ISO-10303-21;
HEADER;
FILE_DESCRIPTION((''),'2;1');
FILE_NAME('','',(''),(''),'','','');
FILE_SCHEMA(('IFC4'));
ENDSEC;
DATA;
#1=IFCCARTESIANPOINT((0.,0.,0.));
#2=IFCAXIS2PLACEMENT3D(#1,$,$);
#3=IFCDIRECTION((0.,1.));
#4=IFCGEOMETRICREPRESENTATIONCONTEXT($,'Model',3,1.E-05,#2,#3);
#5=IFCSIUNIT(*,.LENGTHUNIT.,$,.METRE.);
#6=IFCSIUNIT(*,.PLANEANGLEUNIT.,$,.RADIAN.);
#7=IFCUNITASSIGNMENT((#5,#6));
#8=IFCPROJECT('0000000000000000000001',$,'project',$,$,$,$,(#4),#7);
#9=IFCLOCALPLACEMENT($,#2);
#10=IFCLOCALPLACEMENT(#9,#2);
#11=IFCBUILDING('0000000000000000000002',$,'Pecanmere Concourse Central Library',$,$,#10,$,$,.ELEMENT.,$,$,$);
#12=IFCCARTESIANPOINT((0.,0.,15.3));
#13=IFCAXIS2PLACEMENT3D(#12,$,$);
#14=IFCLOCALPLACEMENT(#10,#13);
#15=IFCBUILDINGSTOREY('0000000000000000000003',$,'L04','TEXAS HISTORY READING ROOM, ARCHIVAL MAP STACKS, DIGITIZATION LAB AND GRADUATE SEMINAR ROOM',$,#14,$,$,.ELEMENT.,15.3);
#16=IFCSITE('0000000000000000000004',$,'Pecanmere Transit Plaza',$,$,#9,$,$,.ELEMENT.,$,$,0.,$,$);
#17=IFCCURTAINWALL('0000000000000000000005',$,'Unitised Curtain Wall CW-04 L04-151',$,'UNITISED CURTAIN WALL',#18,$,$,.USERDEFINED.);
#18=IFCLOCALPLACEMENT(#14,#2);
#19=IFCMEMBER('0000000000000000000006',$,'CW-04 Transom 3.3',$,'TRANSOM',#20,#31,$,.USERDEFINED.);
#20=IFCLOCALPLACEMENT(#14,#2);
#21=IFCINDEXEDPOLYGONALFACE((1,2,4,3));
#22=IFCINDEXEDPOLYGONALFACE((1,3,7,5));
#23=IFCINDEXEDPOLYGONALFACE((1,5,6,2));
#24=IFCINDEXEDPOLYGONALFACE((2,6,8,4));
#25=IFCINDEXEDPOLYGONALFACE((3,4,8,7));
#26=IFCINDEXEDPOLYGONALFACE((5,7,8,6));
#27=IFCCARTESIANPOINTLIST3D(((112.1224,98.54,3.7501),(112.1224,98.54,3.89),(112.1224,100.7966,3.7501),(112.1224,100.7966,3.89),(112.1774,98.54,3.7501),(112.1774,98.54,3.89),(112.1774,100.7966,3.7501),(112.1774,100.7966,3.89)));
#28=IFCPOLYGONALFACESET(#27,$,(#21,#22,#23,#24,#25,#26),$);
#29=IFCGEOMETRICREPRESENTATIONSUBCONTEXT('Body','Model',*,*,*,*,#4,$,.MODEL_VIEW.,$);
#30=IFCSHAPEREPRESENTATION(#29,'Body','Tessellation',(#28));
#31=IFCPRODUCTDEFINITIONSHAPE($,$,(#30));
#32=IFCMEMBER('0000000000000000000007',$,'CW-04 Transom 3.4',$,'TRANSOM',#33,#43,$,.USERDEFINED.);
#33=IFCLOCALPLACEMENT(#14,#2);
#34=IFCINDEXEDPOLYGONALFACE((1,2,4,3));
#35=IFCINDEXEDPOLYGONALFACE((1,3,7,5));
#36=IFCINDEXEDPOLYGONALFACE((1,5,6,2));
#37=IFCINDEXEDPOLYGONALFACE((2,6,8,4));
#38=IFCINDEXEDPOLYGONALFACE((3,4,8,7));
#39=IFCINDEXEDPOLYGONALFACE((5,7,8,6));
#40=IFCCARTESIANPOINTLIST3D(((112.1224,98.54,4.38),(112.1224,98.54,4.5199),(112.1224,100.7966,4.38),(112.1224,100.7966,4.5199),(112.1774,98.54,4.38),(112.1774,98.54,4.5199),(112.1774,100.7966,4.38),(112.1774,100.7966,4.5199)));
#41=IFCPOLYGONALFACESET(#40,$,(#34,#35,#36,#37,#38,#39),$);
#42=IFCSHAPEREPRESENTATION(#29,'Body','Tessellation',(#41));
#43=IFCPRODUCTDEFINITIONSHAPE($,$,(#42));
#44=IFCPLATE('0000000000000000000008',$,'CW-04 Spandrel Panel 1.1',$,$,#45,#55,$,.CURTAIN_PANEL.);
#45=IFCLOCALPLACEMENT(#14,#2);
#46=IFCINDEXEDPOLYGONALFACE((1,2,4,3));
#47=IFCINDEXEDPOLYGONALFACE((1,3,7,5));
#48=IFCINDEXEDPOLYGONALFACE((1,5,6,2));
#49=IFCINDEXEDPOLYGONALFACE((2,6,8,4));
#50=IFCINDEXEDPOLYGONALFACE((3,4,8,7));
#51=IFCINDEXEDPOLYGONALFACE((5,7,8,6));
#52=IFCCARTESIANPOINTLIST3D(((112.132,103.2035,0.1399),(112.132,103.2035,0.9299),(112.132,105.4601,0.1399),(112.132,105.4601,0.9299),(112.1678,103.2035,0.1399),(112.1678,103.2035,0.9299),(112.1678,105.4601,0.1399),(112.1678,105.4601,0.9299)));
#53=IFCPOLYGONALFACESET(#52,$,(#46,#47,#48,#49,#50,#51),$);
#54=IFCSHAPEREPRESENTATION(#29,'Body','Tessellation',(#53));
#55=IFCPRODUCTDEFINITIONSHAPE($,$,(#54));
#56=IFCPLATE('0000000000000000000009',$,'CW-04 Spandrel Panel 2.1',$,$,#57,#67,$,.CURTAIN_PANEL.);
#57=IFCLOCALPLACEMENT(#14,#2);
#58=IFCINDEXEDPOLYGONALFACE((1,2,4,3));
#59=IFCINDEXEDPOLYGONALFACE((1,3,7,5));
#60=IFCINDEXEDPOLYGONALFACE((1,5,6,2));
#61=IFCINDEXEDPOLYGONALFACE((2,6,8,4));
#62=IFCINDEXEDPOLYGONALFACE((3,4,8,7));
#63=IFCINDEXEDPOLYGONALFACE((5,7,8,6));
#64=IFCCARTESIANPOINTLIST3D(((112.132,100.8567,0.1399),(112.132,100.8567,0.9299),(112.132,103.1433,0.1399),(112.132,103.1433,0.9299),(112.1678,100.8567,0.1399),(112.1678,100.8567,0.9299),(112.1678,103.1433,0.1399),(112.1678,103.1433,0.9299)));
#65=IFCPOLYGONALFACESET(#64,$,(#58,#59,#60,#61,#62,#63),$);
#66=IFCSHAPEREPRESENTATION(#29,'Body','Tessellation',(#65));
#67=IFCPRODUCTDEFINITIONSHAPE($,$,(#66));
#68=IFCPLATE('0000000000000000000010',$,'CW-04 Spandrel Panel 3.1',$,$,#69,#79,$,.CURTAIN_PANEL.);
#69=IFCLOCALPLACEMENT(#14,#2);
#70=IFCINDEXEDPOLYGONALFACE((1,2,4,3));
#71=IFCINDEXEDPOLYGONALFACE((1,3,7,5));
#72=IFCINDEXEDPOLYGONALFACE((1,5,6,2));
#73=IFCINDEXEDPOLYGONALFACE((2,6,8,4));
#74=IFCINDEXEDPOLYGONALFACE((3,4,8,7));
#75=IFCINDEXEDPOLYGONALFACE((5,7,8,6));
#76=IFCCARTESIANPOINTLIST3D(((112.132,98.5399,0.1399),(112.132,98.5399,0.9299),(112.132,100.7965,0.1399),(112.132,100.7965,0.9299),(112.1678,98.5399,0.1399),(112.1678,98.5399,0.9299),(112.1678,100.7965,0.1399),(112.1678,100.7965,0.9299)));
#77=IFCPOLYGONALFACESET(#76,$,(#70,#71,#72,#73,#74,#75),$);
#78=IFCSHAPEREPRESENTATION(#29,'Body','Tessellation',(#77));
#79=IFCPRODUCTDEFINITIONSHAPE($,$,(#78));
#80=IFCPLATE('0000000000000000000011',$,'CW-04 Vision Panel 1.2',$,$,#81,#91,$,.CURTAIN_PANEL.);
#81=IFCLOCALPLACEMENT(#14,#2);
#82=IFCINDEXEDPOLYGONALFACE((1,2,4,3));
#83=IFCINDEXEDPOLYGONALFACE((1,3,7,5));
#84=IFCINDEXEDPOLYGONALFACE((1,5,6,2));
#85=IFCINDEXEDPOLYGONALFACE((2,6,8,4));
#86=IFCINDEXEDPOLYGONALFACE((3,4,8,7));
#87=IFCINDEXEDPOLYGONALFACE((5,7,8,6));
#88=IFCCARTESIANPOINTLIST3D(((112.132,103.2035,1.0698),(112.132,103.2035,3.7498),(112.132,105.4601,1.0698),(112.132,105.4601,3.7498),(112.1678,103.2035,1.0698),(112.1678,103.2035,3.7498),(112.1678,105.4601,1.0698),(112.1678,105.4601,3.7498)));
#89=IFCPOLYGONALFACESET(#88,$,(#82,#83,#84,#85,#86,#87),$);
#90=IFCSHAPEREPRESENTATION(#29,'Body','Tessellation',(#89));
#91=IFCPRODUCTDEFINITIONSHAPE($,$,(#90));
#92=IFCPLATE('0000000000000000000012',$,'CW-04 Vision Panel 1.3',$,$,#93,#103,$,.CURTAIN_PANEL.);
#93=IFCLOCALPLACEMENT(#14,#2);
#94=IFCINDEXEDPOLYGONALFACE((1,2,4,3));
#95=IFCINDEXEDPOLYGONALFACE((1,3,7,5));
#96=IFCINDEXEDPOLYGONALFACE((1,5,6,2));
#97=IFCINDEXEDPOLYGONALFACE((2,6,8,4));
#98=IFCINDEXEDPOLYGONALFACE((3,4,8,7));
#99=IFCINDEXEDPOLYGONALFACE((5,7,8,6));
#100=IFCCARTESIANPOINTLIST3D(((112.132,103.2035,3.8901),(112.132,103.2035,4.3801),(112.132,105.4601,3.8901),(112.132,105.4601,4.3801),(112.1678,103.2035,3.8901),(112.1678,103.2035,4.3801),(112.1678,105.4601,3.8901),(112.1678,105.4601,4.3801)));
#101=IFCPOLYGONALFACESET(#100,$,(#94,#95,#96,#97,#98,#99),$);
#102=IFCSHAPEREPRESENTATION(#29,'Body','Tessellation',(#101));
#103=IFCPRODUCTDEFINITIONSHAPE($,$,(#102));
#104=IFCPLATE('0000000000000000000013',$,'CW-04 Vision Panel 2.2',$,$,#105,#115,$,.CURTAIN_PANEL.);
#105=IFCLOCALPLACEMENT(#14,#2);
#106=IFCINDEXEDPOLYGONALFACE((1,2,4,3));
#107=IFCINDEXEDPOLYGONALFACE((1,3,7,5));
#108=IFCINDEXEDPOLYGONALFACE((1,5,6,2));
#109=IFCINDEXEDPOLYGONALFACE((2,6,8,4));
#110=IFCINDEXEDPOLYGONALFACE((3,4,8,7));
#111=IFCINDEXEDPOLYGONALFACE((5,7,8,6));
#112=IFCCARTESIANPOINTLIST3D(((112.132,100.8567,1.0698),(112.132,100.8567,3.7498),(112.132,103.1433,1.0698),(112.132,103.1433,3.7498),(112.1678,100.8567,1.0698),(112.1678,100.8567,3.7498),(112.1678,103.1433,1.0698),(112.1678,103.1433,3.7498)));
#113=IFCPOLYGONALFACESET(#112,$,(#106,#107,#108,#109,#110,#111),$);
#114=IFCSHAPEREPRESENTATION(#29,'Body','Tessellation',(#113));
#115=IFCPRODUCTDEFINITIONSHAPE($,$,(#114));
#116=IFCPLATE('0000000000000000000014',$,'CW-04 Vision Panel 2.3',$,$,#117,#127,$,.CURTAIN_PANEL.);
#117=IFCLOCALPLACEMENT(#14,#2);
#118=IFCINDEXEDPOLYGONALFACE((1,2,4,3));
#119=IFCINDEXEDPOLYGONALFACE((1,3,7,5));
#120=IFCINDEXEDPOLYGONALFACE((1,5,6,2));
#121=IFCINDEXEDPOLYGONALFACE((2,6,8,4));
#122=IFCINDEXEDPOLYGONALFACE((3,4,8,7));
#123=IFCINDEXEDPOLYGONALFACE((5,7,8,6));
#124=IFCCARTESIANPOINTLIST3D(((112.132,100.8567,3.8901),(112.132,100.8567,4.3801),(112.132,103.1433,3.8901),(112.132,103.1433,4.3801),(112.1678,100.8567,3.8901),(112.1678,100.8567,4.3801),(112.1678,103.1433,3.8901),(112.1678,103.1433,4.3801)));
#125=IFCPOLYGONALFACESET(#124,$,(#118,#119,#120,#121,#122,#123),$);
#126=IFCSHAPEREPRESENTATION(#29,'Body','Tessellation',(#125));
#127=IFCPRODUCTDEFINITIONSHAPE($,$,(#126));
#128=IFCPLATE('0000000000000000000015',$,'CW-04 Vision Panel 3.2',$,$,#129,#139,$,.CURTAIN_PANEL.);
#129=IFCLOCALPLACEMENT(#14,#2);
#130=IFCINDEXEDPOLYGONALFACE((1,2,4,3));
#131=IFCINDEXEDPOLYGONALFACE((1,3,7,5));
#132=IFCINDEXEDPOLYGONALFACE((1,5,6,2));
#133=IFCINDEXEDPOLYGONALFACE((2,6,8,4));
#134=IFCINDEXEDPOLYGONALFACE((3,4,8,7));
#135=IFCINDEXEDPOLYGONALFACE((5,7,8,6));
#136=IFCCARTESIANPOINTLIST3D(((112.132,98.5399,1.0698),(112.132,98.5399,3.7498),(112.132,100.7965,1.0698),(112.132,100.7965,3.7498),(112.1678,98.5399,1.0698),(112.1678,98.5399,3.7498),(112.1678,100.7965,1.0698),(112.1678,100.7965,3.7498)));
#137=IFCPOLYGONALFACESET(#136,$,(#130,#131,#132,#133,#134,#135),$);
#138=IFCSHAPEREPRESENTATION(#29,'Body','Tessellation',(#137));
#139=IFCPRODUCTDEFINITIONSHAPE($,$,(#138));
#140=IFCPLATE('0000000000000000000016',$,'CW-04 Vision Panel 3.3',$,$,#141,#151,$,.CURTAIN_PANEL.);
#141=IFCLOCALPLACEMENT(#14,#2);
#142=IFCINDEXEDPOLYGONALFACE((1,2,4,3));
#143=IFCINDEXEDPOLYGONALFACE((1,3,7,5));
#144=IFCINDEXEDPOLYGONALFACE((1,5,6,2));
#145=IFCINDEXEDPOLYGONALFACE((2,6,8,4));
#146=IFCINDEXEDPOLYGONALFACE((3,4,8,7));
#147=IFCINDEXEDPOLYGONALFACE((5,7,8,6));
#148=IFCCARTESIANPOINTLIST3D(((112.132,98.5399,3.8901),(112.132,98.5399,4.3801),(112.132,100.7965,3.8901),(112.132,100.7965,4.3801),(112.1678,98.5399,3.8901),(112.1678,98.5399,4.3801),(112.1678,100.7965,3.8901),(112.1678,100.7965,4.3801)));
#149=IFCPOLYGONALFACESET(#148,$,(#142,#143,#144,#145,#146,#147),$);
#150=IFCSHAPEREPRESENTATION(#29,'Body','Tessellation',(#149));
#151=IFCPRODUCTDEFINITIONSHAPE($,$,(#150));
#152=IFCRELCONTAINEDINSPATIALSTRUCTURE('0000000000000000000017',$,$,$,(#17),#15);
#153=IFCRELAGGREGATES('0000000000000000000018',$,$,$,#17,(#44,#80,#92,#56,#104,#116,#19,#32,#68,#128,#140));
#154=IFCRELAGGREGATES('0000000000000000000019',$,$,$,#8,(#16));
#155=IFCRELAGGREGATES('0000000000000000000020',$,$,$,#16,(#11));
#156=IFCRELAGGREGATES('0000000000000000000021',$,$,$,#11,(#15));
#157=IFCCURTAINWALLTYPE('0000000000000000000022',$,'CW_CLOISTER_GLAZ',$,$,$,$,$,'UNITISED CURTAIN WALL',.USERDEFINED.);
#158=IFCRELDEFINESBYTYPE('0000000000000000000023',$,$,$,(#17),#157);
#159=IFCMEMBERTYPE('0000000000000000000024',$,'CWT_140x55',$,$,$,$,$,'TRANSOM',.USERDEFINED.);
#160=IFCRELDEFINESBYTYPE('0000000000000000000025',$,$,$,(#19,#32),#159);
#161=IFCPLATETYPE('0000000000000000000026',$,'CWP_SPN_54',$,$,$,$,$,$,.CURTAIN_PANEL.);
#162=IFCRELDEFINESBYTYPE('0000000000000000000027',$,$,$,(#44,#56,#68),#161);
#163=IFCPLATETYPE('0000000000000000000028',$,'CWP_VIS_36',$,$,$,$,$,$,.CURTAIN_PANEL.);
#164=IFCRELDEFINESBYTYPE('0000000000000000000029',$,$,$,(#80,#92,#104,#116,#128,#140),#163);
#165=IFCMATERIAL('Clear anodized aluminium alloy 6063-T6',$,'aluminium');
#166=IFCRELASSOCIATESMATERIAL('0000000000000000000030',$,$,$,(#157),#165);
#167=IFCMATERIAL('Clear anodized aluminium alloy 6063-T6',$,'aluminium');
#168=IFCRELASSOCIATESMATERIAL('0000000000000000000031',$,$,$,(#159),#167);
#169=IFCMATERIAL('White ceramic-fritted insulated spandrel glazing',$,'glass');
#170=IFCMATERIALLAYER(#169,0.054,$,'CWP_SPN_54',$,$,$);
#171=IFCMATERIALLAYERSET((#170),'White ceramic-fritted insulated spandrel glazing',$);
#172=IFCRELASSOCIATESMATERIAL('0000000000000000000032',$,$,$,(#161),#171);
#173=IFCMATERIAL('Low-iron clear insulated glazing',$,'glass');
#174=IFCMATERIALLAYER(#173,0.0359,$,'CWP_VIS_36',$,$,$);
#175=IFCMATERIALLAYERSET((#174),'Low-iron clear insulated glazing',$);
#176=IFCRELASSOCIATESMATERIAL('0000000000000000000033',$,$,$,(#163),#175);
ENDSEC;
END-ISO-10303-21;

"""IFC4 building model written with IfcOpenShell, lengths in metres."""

from ifc_helpers import new_model, si_unit, direction, frame, origin, origin_2d, place, context, subcontext, project, spatial, rectangle, extrude, material, layer, layer_set, material_profile, profile_set, type_object, element, aggregate, save


model = new_model("IFC4")

# Units and contexts
model_context = context("Model", 3, precision=1e-05, world=origin(), true_north=direction((0.0, 1.0)))
body_context = subcontext(model_context, "Body", "Model", "MODEL_VIEW")
ifc_project = project(units=[si_unit("LENGTHUNIT", "METRE"), si_unit("PLANEANGLEUNIT", "RADIAN")], contexts=[model_context])

# Site, building, storey
site_placement = place(None, origin())
site = spatial("IfcSite", under=ifc_project, at=site_placement, Name="Pecanmere Transit Plaza", CompositionType="ELEMENT", RefElevation=0.0)
building_placement = place(site_placement, origin())
building = spatial("IfcBuilding", under=site, at=building_placement, Name="Pecanmere Concourse Central Library", CompositionType="ELEMENT")
storey_placement = place(building_placement, frame((0.0, 0.0, 15.3)))
storey = spatial("IfcBuildingStorey", under=building, at=storey_placement, Name="L04", Description="TEXAS HISTORY READING ROOM, ARCHIVAL MAP STACKS, DIGITIZATION LAB AND GRADUATE SEMINAR ROOM", CompositionType="ELEMENT", Elevation=15.3)

# Shared definitions
ifc_material_1 = material(Name="Clear anodized aluminium alloy 6063-T6", Category="aluminium")
curtain_wall_type = type_object("IfcCurtainWallType", Name="CW_CLOISTER_GLAZ", ElementType="UNITISED CURTAIN WALL", PredefinedType="USERDEFINED", material=ifc_material_1)

# Curtain wall
curtain_wall_1_placement = place(storey_placement, origin())
curtain_wall_1 = element("IfcCurtainWall", 1, at=curtain_wall_1_placement, inside=storey, type_object=curtain_wall_type, Name="Unitised Curtain Wall CW-04 L04-151", ObjectType="UNITISED CURTAIN WALL", PredefinedType="USERDEFINED")

# Members
ifc_material_2 = material(Name="Clear anodized aluminium alloy 6063-T6", Category="aluminium")
ifc_material_profile_1 = material_profile(ifc_material_2, rectangle(XDim=0.0549, YDim=0.1399, at=origin_2d()), Name="AL 55x140")
ifc_profile_set_1 = profile_set([ifc_material_profile_1], Name="Clear anodized aluminium alloy 6063-T6")
member_type_1 = type_object("IfcMemberType", Name="CWT_140x55", ElementType="TRANSOM", PredefinedType="USERDEFINED", material=ifc_profile_set_1)
member_1_placement = place(storey_placement, frame((112.1499, 100.7966, 3.8201), z_axis=(0.0, -1.0, 0.0), x_axis=(1.0, 0.0, 0.0)))
member_1 = element("IfcMember", 2, at=member_1_placement, type_object=member_type_1, Name="CW-04 Transom 3.3", ObjectType="TRANSOM", PredefinedType="USERDEFINED", context=body_context, shape_type="SweptSolid", body=[
    extrude(rectangle(XDim=0.0549, YDim=0.1399, at=origin_2d()), origin(), (0.0, 0.0, 1.0), 2.2566),
])
member_2_placement = place(storey_placement, frame((112.1499, 100.7966, 4.45), z_axis=(0.0, -1.0, 0.0), x_axis=(1.0, 0.0, 0.0)))
member_2 = element("IfcMember", 3, at=member_2_placement, type_object=member_type_1, Name="CW-04 Transom 3.4", ObjectType="TRANSOM", PredefinedType="USERDEFINED", context=body_context, shape_type="SweptSolid", body=[
    extrude(rectangle(XDim=0.0549, YDim=0.1399, at=origin_2d()), origin(), (0.0, 0.0, 1.0), 2.2566),
])

# Plates
ifc_material_3 = material(Name="White ceramic-fritted insulated spandrel glazing", Category="glass")
ifc_layer_1 = layer(ifc_material_3, 0.054, Name="CWP_SPN_54")
ifc_layer_set_1 = layer_set([ifc_layer_1], Name="White ceramic-fritted insulated spandrel glazing")
plate_type_1 = type_object("IfcPlateType", Name="CWP_SPN_54", PredefinedType="CURTAIN_PANEL", material=ifc_layer_set_1)
plate_1_placement = place(storey_placement, frame((112.1499, 104.3318, 0.1399), z_axis=(0.0, 0.0, 1.0), x_axis=(0.0, -1.0, 0.0)))
plate_1 = element("IfcPlate", 4, at=plate_1_placement, type_object=plate_type_1, Name="CW-04 Spandrel Panel 1.1", PredefinedType="CURTAIN_PANEL", context=body_context, shape_type="SweptSolid", body=[
    extrude(rectangle(XDim=2.2566, YDim=0.0359, at=origin_2d()), origin(), (0.0, 0.0, 1.0), 0.79),
])
plate_2_placement = place(storey_placement, frame((112.1499, 102.0, 0.1399), z_axis=(0.0, 0.0, 1.0), x_axis=(0.0, -1.0, 0.0)))
plate_2 = element("IfcPlate", 5, at=plate_2_placement, type_object=plate_type_1, Name="CW-04 Spandrel Panel 2.1", PredefinedType="CURTAIN_PANEL", context=body_context, shape_type="SweptSolid", body=[
    extrude(rectangle(XDim=2.2866, YDim=0.0359, at=origin_2d()), origin(), (0.0, 0.0, 1.0), 0.79),
])
plate_3_placement = place(storey_placement, frame((112.1499, 99.6682, 0.1399), z_axis=(0.0, 0.0, 1.0), x_axis=(0.0, -1.0, 0.0)))
plate_3 = element("IfcPlate", 6, at=plate_3_placement, type_object=plate_type_1, Name="CW-04 Spandrel Panel 3.1", PredefinedType="CURTAIN_PANEL", context=body_context, shape_type="SweptSolid", body=[
    extrude(rectangle(XDim=2.2566, YDim=0.0359, at=origin_2d()), origin(), (0.0, 0.0, 1.0), 0.79),
])
ifc_material_4 = material(Name="Low-iron clear insulated glazing", Category="glass")
ifc_layer_2 = layer(ifc_material_4, 0.0359, Name="CWP_VIS_36")
ifc_layer_set_2 = layer_set([ifc_layer_2], Name="Low-iron clear insulated glazing")
plate_type_2 = type_object("IfcPlateType", Name="CWP_VIS_36", PredefinedType="CURTAIN_PANEL", material=ifc_layer_set_2)
plate_4_placement = place(storey_placement, frame((112.1499, 104.3318, 1.0698), z_axis=(0.0, 0.0, 1.0), x_axis=(0.0, -1.0, 0.0)))
plate_4 = element("IfcPlate", 7, at=plate_4_placement, type_object=plate_type_2, Name="CW-04 Vision Panel 1.2", PredefinedType="CURTAIN_PANEL", context=body_context, shape_type="SweptSolid", body=[
    extrude(rectangle(XDim=2.2566, YDim=0.0359, at=origin_2d()), origin(), (0.0, 0.0, 1.0), 2.6799),
])
plate_5_placement = place(storey_placement, frame((112.1499, 104.3318, 3.8901), z_axis=(0.0, 0.0, 1.0), x_axis=(0.0, -1.0, 0.0)))
plate_5 = element("IfcPlate", 8, at=plate_5_placement, type_object=plate_type_2, Name="CW-04 Vision Panel 1.3", PredefinedType="CURTAIN_PANEL", context=body_context, shape_type="SweptSolid", body=[
    extrude(rectangle(XDim=2.2566, YDim=0.0359, at=origin_2d()), origin(), (0.0, 0.0, 1.0), 0.49),
])
plate_6_placement = place(storey_placement, frame((112.1499, 102.0, 1.0698), z_axis=(0.0, 0.0, 1.0), x_axis=(0.0, -1.0, 0.0)))
plate_6 = element("IfcPlate", 9, at=plate_6_placement, type_object=plate_type_2, Name="CW-04 Vision Panel 2.2", PredefinedType="CURTAIN_PANEL", context=body_context, shape_type="SweptSolid", body=[
    extrude(rectangle(XDim=2.2866, YDim=0.0359, at=origin_2d()), origin(), (0.0, 0.0, 1.0), 2.6799),
])
plate_7_placement = place(storey_placement, frame((112.1499, 102.0, 3.8901), z_axis=(0.0, 0.0, 1.0), x_axis=(0.0, -1.0, 0.0)))
plate_7 = element("IfcPlate", 10, at=plate_7_placement, type_object=plate_type_2, Name="CW-04 Vision Panel 2.3", PredefinedType="CURTAIN_PANEL", context=body_context, shape_type="SweptSolid", body=[
    extrude(rectangle(XDim=2.2866, YDim=0.0359, at=origin_2d()), origin(), (0.0, 0.0, 1.0), 0.49),
])
plate_8_placement = place(storey_placement, frame((112.1499, 99.6682, 1.0698), z_axis=(0.0, 0.0, 1.0), x_axis=(0.0, -1.0, 0.0)))
plate_8 = element("IfcPlate", 11, at=plate_8_placement, type_object=plate_type_2, Name="CW-04 Vision Panel 3.2", PredefinedType="CURTAIN_PANEL", context=body_context, shape_type="SweptSolid", body=[
    extrude(rectangle(XDim=2.2566, YDim=0.0359, at=origin_2d()), origin(), (0.0, 0.0, 1.0), 2.6799),
])
plate_9_placement = place(storey_placement, frame((112.1499, 99.6682, 3.8901), z_axis=(0.0, 0.0, 1.0), x_axis=(0.0, -1.0, 0.0)))
plate_9 = element("IfcPlate", 12, at=plate_9_placement, type_object=plate_type_2, Name="CW-04 Vision Panel 3.3", PredefinedType="CURTAIN_PANEL", context=body_context, shape_type="SweptSolid", body=[
    extrude(rectangle(XDim=2.2566, YDim=0.0359, at=origin_2d()), origin(), (0.0, 0.0, 1.0), 0.49),
])
aggregate(curtain_wall_1, [plate_1, plate_4, plate_5, plate_2, plate_6, plate_7, member_1, member_2, plate_3, plate_8, plate_9])

save(model, "model.ifc")
